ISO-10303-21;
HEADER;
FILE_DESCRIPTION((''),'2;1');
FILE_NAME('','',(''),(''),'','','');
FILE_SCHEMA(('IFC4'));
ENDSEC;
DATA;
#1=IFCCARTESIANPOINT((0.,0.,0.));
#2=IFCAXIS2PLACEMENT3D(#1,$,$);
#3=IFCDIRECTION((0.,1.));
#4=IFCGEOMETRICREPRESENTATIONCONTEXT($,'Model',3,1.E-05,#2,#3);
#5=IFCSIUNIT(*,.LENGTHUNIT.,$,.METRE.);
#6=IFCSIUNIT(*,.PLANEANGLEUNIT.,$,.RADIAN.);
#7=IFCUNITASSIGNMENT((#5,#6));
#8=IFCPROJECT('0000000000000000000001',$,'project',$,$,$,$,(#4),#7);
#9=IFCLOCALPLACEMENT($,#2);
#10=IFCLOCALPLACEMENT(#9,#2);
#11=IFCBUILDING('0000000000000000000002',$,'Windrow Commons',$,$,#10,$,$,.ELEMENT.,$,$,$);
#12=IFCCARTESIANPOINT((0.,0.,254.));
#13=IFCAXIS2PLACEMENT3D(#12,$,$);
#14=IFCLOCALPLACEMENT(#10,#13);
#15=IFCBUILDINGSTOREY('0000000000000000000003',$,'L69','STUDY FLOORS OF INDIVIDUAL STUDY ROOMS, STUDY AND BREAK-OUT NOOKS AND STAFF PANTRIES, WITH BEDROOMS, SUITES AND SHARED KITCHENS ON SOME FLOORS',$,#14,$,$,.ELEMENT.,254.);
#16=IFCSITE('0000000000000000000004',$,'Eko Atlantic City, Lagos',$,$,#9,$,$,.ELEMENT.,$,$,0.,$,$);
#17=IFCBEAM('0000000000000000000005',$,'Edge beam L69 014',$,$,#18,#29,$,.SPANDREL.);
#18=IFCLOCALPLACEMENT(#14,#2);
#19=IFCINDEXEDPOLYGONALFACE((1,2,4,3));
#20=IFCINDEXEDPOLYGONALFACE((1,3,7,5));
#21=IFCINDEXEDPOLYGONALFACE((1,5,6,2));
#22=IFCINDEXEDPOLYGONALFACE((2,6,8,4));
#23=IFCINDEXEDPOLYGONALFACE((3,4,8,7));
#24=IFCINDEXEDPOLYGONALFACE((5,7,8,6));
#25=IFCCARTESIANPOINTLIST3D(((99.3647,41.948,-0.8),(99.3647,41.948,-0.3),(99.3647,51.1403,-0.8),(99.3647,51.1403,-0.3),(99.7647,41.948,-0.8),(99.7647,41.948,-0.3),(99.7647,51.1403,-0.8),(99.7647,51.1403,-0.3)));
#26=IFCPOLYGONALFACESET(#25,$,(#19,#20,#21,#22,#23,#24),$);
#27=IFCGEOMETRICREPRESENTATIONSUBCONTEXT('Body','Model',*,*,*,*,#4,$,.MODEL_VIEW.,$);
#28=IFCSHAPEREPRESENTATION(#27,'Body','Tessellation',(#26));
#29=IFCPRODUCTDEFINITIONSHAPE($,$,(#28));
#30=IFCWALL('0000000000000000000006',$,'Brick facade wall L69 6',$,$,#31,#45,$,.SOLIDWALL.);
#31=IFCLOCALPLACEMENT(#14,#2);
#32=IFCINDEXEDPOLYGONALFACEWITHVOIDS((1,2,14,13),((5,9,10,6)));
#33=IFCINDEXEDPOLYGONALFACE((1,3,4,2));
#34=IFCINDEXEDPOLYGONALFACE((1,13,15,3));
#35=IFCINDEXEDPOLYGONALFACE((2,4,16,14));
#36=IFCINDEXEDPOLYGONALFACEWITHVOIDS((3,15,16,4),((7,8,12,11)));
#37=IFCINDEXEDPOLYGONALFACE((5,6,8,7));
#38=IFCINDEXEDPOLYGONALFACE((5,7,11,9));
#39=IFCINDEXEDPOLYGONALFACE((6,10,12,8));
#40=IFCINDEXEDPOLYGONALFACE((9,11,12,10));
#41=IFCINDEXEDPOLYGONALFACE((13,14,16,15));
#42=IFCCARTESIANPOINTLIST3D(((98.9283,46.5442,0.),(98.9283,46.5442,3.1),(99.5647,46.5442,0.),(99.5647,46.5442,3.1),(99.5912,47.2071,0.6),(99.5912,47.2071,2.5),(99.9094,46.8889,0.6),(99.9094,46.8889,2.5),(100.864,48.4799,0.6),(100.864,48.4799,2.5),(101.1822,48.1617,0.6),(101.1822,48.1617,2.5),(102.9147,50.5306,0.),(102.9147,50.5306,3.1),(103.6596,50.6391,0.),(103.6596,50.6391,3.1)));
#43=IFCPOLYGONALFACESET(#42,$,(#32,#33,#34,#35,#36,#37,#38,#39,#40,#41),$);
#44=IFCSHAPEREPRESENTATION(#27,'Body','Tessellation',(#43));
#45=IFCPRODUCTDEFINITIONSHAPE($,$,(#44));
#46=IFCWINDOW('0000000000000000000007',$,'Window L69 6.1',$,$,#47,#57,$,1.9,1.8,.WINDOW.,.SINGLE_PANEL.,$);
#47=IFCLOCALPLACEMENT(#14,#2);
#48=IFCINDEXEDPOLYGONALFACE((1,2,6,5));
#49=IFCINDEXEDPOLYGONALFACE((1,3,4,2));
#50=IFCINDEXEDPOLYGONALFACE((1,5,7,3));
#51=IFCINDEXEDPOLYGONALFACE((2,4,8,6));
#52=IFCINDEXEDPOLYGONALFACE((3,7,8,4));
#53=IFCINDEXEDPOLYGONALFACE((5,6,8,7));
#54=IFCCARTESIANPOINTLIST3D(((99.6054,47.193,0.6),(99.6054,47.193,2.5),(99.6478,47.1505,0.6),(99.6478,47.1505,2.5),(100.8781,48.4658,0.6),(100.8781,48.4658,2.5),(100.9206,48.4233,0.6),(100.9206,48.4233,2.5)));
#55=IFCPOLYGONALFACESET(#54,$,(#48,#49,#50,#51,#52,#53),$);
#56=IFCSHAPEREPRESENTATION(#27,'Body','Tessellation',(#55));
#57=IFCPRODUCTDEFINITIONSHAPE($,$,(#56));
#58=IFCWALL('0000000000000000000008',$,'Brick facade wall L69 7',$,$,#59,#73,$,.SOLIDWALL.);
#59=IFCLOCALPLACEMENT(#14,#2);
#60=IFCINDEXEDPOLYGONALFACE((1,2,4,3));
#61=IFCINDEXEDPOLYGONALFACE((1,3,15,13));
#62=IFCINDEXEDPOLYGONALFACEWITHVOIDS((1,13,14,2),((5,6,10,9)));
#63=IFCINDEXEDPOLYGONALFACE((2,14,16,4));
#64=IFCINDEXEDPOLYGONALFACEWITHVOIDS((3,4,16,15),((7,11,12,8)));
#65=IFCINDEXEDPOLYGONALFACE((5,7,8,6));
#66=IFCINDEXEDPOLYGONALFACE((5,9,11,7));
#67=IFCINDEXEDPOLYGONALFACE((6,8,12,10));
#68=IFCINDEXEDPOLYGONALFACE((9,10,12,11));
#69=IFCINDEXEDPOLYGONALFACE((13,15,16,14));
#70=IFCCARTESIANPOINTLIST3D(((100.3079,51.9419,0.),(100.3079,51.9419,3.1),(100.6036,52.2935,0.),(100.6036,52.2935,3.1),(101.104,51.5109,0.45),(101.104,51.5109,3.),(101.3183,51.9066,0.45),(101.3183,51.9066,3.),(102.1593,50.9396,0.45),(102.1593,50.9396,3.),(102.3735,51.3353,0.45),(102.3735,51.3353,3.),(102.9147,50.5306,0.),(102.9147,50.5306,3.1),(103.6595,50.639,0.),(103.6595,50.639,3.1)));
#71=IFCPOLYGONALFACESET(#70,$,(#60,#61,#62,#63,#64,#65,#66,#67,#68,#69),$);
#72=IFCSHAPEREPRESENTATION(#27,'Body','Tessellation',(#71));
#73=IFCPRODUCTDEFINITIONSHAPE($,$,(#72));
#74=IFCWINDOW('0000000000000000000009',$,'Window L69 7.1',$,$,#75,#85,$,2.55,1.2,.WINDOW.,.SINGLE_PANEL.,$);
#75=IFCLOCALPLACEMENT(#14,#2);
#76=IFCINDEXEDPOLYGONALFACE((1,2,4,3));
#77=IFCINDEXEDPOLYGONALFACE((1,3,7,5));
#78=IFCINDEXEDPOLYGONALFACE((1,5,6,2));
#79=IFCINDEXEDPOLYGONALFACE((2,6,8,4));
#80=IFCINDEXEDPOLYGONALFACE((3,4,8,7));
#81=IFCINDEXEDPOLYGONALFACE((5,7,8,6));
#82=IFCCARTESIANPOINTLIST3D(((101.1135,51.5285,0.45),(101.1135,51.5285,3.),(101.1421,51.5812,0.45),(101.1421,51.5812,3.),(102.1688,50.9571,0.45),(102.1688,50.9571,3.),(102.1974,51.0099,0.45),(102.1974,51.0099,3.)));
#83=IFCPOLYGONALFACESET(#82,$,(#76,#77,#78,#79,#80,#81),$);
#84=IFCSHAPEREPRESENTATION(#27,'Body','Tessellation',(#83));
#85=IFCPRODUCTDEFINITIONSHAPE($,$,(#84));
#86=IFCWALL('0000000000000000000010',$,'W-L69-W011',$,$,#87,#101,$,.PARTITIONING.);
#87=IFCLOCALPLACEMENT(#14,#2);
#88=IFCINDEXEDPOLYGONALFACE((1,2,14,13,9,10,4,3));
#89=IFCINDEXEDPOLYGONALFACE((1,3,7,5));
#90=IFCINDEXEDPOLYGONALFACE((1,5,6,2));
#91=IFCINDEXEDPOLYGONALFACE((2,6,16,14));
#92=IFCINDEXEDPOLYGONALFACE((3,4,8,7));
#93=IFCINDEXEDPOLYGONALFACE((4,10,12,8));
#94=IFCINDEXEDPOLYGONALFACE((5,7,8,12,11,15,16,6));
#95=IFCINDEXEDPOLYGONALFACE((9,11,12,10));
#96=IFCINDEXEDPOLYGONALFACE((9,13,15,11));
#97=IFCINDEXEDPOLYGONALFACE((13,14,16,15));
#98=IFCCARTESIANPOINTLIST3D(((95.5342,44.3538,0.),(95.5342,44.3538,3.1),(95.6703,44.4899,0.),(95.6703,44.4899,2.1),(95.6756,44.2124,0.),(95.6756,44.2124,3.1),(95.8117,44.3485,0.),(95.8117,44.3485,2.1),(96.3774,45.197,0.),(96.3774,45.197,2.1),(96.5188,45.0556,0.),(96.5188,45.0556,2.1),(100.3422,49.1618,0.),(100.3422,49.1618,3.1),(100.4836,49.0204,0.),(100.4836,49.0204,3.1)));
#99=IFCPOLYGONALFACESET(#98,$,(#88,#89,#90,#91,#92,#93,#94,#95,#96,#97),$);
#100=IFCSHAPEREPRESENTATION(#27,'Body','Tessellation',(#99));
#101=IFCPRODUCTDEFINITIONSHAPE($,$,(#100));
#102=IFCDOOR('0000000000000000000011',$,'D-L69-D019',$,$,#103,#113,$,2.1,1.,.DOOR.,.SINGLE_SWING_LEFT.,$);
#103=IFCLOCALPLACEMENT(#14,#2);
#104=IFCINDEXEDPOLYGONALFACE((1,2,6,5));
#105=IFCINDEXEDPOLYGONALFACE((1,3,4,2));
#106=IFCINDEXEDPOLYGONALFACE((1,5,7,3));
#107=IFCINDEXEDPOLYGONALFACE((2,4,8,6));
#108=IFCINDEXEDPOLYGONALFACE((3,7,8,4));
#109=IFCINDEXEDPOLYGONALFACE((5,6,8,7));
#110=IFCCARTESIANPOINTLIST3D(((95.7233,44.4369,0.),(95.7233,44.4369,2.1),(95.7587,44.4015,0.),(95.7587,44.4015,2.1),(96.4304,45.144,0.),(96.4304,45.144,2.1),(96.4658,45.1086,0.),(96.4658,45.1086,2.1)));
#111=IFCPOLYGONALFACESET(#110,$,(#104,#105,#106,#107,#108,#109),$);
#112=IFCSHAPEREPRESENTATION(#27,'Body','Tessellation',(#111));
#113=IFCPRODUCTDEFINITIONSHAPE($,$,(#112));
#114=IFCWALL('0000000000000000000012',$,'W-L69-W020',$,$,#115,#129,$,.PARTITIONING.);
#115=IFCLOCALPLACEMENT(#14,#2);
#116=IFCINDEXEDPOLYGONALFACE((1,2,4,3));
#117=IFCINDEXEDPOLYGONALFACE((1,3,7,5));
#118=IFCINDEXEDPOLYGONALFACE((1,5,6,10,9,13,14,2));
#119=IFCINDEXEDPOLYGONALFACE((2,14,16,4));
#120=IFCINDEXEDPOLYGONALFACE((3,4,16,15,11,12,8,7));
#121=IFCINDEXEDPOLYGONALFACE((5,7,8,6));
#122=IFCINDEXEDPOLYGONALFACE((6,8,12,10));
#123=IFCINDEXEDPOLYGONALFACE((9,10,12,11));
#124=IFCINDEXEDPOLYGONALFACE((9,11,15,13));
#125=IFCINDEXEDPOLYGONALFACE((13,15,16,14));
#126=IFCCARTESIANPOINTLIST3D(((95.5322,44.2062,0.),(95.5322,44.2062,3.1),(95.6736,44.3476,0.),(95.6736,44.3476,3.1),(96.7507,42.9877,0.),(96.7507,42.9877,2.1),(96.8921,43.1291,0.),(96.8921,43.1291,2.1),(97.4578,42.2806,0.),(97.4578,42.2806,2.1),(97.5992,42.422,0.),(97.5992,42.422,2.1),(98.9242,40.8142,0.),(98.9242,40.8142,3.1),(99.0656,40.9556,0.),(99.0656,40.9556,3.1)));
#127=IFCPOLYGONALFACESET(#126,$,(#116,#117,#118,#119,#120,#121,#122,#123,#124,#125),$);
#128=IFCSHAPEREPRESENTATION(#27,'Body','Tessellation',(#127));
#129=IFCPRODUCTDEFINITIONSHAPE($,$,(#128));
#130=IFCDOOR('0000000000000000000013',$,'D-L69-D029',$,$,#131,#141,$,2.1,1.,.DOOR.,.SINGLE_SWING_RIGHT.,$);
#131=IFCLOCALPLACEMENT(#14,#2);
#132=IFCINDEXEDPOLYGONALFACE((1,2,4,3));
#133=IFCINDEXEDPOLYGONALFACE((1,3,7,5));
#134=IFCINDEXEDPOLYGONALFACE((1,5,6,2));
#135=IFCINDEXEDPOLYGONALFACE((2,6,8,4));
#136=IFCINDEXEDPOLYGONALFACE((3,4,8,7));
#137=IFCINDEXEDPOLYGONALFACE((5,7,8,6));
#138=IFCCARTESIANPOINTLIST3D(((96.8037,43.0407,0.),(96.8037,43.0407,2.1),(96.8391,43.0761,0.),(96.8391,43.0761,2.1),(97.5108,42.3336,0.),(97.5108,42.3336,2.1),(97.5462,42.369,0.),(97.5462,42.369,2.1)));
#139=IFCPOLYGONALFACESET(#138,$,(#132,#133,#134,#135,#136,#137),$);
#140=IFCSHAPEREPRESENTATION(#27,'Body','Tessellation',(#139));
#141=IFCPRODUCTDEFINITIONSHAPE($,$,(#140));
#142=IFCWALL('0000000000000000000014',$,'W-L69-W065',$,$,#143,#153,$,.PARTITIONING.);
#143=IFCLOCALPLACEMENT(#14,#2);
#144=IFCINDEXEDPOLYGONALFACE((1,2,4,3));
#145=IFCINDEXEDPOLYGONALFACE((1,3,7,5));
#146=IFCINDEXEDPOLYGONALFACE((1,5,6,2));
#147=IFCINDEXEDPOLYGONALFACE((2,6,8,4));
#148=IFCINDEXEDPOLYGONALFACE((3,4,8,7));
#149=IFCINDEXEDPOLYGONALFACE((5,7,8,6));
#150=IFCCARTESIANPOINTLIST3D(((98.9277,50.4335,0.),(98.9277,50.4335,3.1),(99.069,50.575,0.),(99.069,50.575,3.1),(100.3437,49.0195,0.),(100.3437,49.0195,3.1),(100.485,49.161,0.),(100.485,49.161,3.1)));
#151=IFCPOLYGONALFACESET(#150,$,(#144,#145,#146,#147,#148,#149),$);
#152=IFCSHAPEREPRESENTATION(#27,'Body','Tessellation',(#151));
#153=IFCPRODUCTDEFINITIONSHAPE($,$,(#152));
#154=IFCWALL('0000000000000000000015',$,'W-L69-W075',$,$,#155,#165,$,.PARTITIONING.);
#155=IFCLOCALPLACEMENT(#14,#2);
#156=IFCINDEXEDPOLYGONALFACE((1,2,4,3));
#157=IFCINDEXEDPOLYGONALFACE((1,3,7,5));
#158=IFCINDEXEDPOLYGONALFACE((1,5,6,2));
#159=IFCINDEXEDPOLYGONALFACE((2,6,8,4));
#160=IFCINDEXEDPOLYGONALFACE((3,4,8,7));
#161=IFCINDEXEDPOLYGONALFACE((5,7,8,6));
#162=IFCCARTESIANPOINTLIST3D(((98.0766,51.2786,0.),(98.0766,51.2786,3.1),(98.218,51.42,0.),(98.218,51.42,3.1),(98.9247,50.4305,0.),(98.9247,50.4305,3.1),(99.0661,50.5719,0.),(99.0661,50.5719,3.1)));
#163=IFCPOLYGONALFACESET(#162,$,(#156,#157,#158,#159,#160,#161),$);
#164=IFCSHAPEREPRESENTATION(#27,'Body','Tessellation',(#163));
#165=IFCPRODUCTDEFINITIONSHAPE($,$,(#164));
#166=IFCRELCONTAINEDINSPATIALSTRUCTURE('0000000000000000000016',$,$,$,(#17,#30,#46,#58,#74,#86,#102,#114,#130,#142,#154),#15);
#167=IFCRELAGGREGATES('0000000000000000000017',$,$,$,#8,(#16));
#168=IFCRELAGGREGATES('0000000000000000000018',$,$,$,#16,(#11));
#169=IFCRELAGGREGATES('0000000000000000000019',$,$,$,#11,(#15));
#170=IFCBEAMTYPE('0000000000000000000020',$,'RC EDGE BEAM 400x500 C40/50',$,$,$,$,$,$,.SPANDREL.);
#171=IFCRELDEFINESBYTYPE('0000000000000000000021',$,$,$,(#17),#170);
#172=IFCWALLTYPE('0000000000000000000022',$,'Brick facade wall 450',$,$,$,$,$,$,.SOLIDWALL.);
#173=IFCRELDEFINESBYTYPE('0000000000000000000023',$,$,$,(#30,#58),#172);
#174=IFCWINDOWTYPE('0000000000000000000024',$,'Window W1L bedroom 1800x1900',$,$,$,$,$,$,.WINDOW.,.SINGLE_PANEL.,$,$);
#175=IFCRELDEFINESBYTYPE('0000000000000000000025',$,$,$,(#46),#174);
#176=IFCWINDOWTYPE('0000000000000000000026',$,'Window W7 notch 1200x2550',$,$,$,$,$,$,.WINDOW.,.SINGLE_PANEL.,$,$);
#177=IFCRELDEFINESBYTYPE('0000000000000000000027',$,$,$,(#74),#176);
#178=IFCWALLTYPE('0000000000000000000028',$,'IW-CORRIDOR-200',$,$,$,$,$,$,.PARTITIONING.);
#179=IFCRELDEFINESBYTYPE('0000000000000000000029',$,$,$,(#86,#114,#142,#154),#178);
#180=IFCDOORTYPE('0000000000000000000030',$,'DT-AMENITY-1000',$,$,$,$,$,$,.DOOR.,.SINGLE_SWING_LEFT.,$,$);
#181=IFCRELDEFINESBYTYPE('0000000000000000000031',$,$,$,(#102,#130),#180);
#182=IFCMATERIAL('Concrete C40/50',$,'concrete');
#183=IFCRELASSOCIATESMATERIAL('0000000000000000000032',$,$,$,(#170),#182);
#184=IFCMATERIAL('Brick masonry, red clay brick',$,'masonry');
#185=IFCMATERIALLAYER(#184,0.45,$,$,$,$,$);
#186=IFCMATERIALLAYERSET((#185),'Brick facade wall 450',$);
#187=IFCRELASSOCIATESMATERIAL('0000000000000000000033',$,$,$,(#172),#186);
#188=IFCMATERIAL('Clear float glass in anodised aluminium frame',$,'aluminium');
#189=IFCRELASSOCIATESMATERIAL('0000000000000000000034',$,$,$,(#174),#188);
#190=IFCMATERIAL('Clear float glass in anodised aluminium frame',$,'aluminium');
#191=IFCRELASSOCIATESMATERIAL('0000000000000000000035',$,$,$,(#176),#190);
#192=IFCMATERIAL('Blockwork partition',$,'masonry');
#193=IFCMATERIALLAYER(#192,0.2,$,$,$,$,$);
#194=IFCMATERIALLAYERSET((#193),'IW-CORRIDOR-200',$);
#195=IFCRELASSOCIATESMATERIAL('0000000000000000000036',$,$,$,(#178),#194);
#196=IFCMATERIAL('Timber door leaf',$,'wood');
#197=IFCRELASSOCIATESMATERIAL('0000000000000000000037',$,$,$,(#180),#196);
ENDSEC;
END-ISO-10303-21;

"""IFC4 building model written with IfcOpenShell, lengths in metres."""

from ifc_helpers import new_model, si_unit, direction, frame, frame_2d, origin, origin_2d, place, context, subcontext, project, spatial, polyline, rectangle, outline, extrude, material, layer, layer_set, material_profile, profile_set, type_object, element, fill, save


model = new_model("IFC4")

# Units and contexts
model_context = context("Model", 3, precision=1e-05, world=origin(), true_north=direction((0.0, 1.0)))
body_context = subcontext(model_context, "Body", "Model", "MODEL_VIEW")
ifc_project = project(units=[si_unit("LENGTHUNIT", "METRE"), si_unit("PLANEANGLEUNIT", "RADIAN")], contexts=[model_context])

# Site, building, storey
site_placement = place(None, origin())
site = spatial("IfcSite", under=ifc_project, at=site_placement, Name="Eko Atlantic City, Lagos", CompositionType="ELEMENT", RefElevation=0.0)
building_placement = place(site_placement, origin())
building = spatial("IfcBuilding", under=site, at=building_placement, Name="Windrow Commons", CompositionType="ELEMENT")
storey_placement = place(building_placement, frame((0.0, 0.0, 254.0)))
storey = spatial("IfcBuildingStorey", under=building, at=storey_placement, Name="L69", Description="STUDY FLOORS OF INDIVIDUAL STUDY ROOMS, STUDY AND BREAK-OUT NOOKS AND STAFF PANTRIES, WITH BEDROOMS, SUITES AND SHARED KITCHENS ON SOME FLOORS", CompositionType="ELEMENT", Elevation=254.0)

# Beam
ifc_material_1 = material(Name="Concrete C40/50", Category="concrete")
ifc_material_profile = material_profile(ifc_material_1, rectangle(XDim=0.4, YDim=0.5, at=origin_2d()))
ifc_profile_set = profile_set([ifc_material_profile], Name="Concrete C40/50")
beam_type = type_object("IfcBeamType", Name="RC EDGE BEAM 400x500 C40/50", PredefinedType="SPANDREL", material=ifc_profile_set)
beam_placement = place(storey_placement, frame((99.5647, 51.1403, -0.55), z_axis=(0.0, -1.0, 0.0), x_axis=(1.0, 0.0, 0.0)))
element("IfcBeam", 1, at=beam_placement, inside=storey, type_object=beam_type, Name="Edge beam L69 014", PredefinedType="SPANDREL", context=body_context, shape_type="SweptSolid", body=[
    extrude(rectangle(XDim=0.4, YDim=0.5, at=origin_2d()), origin(), (0.0, 0.0, 1.0), 9.1923),
])

# Walls, openings, windows
ifc_material_2 = material(Name="Brick masonry, red clay brick", Category="masonry")
ifc_layer_1 = layer(ifc_material_2, 0.45)
ifc_layer_set_1 = layer_set([ifc_layer_1], Name="Brick facade wall 450")
wall_type_1 = type_object("IfcWallType", Name="Brick facade wall 450", PredefinedType="SOLIDWALL", material=ifc_layer_set_1)
wall_1_placement = place(storey_placement, frame((99.2465, 46.5442, 0.0), z_axis=(0.0, 0.0, 1.0), x_axis=(0.707107, 0.707107, 0.0)))
wall_1 = element("IfcWall", 2, at=wall_1_placement, inside=storey, type_object=wall_type_1, Name="Brick facade wall L69 6", PredefinedType="SOLIDWALL", context=body_context, shape_type="SweptSolid", body=[
    extrude(outline(polyline([(0.225, -0.225), (6.016, -0.225), (5.4126, 0.225), (-0.225, 0.225), (0.225, -0.225)])), origin(), (0.0, 0.0, 1.0), 3.1),
])
opening_1_placement = place(wall_1_placement, frame((0.7125, 0.0, 0.6)))
opening_1 = element("IfcOpeningElement", 3, at=opening_1_placement, cuts=wall_1, PredefinedType="OPENING", context=body_context, shape_type="SweptSolid", body=[
    extrude(rectangle(XDim=1.8, YDim=1.9, at=frame_2d((0.9, 0.95))), frame((0.0, 0.235, 0.0), z_axis=(0.0, -1.0, 0.0), x_axis=(1.0, 0.0, 0.0)), (0.0, 0.0, 1.0), 0.47),
])
ifc_material_3 = material(Name="Clear float glass in anodised aluminium frame", Category="aluminium")
window_type_1 = type_object("IfcWindowType", Name="Window W1L bedroom 1800x1900", PartitioningType="SINGLE_PANEL", PredefinedType="WINDOW", material=ifc_material_3)
window_1_placement = place(opening_1_placement, origin())
window_1 = element("IfcWindow", 4, at=window_1_placement, inside=storey, type_object=window_type_1, Name="Window L69 6.1", OverallHeight=1.9, OverallWidth=1.8, PartitioningType="SINGLE_PANEL", PredefinedType="WINDOW", context=body_context, shape_type="SweptSolid", body=[
    extrude(rectangle(XDim=1.8, YDim=1.9, at=frame_2d((0.9, 0.95))), frame((0.0, 0.205, 0.0), z_axis=(0.0, -1.0, 0.0), x_axis=(1.0, 0.0, 0.0)), (0.0, 0.0, 1.0), 0.06),
])
fill(opening_1, window_1)
wall_2_placement = place(storey_placement, frame((103.2871, 50.5848, 0.0), z_axis=(0.0, 0.0, 1.0), x_axis=(-0.879386, 0.47611, 0.0)))
wall_2 = element("IfcWall", 5, at=wall_2_placement, inside=storey, type_object=wall_type_1, Name="Brick facade wall L69 7", PredefinedType="SOLIDWALL", context=body_context, shape_type="SweptSolid", body=[
    extrude(outline(polyline([(-0.3017, -0.225), (3.1734, -0.225), (3.266, 0.225), (0.3017, 0.225), (-0.3017, -0.225)])), origin(), (0.0, 0.0, 1.0), 3.1),
])
opening_2_placement = place(wall_2_placement, frame((1.1607, 0.0, 0.45)))
opening_2 = element("IfcOpeningElement", 6, at=opening_2_placement, cuts=wall_2, PredefinedType="OPENING", context=body_context, shape_type="SweptSolid", body=[
    extrude(rectangle(XDim=1.2, YDim=2.55, at=frame_2d((0.6, 1.275))), frame((0.0, 0.235, 0.0), z_axis=(0.0, -1.0, 0.0), x_axis=(1.0, 0.0, 0.0)), (0.0, 0.0, 1.0), 0.47),
])
ifc_material_4 = material(Name="Clear float glass in anodised aluminium frame", Category="aluminium")
window_type_2 = type_object("IfcWindowType", Name="Window W7 notch 1200x2550", PartitioningType="SINGLE_PANEL", PredefinedType="WINDOW", material=ifc_material_4)
window_2_placement = place(opening_2_placement, origin())
window_2 = element("IfcWindow", 7, at=window_2_placement, inside=storey, type_object=window_type_2, Name="Window L69 7.1", OverallHeight=2.55, OverallWidth=1.2, PartitioningType="SINGLE_PANEL", PredefinedType="WINDOW", context=body_context, shape_type="SweptSolid", body=[
    extrude(rectangle(XDim=1.2, YDim=2.55, at=frame_2d((0.6, 1.275))), frame((0.0, 0.205, 0.0), z_axis=(0.0, -1.0, 0.0), x_axis=(1.0, 0.0, 0.0)), (0.0, 0.0, 1.0), 0.06),
])
fill(opening_2, window_2)

# Walls, openings, doors
ifc_material_5 = material(Name="Blockwork partition", Category="masonry")
ifc_layer_2 = layer(ifc_material_5, 0.2)
ifc_layer_set_2 = layer_set([ifc_layer_2], Name="IW-CORRIDOR-200")
wall_type_2 = type_object("IfcWallType", Name="IW-CORRIDOR-200", PredefinedType="PARTITIONING", material=ifc_layer_set_2)
wall_3_placement = place(storey_placement, frame((95.6049, 44.2831, 0.0), z_axis=(0.0, 0.0, 1.0), x_axis=(0.707107, 0.707107, 0.0)))
wall_3 = element("IfcWall", 8, at=wall_3_placement, inside=storey, type_object=wall_type_2, Name="W-L69-W011", PredefinedType="PARTITIONING", context=body_context, shape_type="SweptSolid", body=[
    extrude(rectangle(XDim=6.7995, YDim=0.2, at=frame_2d((3.3998, 0.0))), origin(), (0.0, 0.0, 1.0), 3.1),
])
opening_3_placement = place(wall_3_placement, frame((0.1925, 0.0, 0.0)))
opening_3 = element("IfcOpeningElement", 9, at=opening_3_placement, cuts=wall_3, PredefinedType="OPENING", context=body_context, shape_type="SweptSolid", body=[
    extrude(rectangle(XDim=1.0, YDim=2.1, at=frame_2d((0.5, 1.05))), frame((0.0, 0.11, 0.0), z_axis=(0.0, -1.0, 0.0), x_axis=(1.0, 0.0, 0.0)), (0.0, 0.0, 1.0), 0.22),
])
ifc_material_6 = material(Name="Timber door leaf", Category="wood")
door_type = type_object("IfcDoorType", Name="DT-AMENITY-1000", OperationType="SINGLE_SWING_LEFT", PredefinedType="DOOR", material=ifc_material_6)
door_1_placement = place(opening_3_placement, origin())
door_1 = element("IfcDoor", 10, at=door_1_placement, inside=storey, type_object=door_type, Name="D-L69-D019", OperationType="SINGLE_SWING_LEFT", OverallHeight=2.1, OverallWidth=1.0, PredefinedType="DOOR", context=body_context, shape_type="SweptSolid", body=[
    extrude(rectangle(XDim=1.0, YDim=2.1, at=frame_2d((0.5, 1.05))), frame((0.0, 0.025, 0.0), z_axis=(0.0, -1.0, 0.0), x_axis=(1.0, 0.0, 0.0)), (0.0, 0.0, 1.0), 0.05),
])
fill(opening_3, door_1)
wall_4_placement = place(storey_placement, frame((95.6029, 44.2769, 0.0), z_axis=(0.0, 0.0, 1.0), x_axis=(0.707107, -0.707107, 0.0)))
wall_4 = element("IfcWall", 11, at=wall_4_placement, inside=storey, type_object=wall_type_2, Name="W-L69-W020", PredefinedType="PARTITIONING", context=body_context, shape_type="SweptSolid", body=[
    extrude(rectangle(XDim=4.797, YDim=0.2, at=frame_2d((2.3985, 0.0))), origin(), (0.0, 0.0, 1.0), 3.1),
])
opening_4_placement = place(wall_4_placement, frame((1.7232, 0.0, 0.0)))
opening_4 = element("IfcOpeningElement", 12, at=opening_4_placement, cuts=wall_4, PredefinedType="OPENING", context=body_context, shape_type="SweptSolid", body=[
    extrude(rectangle(XDim=1.0, YDim=2.1, at=frame_2d((0.5, 1.05))), frame((0.0, 0.11, 0.0), z_axis=(0.0, -1.0, 0.0), x_axis=(1.0, 0.0, 0.0)), (0.0, 0.0, 1.0), 0.22),
])
door_2_placement = place(opening_4_placement, origin())
door_2 = element("IfcDoor", 13, at=door_2_placement, inside=storey, type_object=door_type, Name="D-L69-D029", OperationType="SINGLE_SWING_RIGHT", OverallHeight=2.1, OverallWidth=1.0, PredefinedType="DOOR", context=body_context, shape_type="SweptSolid", body=[
    extrude(rectangle(XDim=1.0, YDim=2.1, at=frame_2d((0.5, 1.05))), frame((0.0, 0.025, 0.0), z_axis=(0.0, -1.0, 0.0), x_axis=(1.0, 0.0, 0.0)), (0.0, 0.0, 1.0), 0.05),
])
fill(opening_4, door_2)

# Walls
wall_5_placement = place(storey_placement, frame((98.9983, 50.5043, 0.0), z_axis=(0.0, 0.0, 1.0), x_axis=(0.707606, -0.706607, 0.0)))
element("IfcWall", 14, at=wall_5_placement, inside=storey, type_object=wall_type_2, Name="W-L69-W065", PredefinedType="PARTITIONING", context=body_context, shape_type="SweptSolid", body=[
    extrude(rectangle(XDim=2.0011, YDim=0.2, at=frame_2d((1.0006, 0.0))), origin(), (0.0, 0.0, 1.0), 3.1),
])
wall_6_placement = place(storey_placement, frame((98.1473, 51.3493, 0.0), z_axis=(0.0, 0.0, 1.0), x_axis=(0.707107, -0.707107, 0.0)))
element("IfcWall", 15, at=wall_6_placement, inside=storey, type_object=wall_type_2, Name="W-L69-W075", PredefinedType="PARTITIONING", context=body_context, shape_type="SweptSolid", body=[
    extrude(rectangle(XDim=1.1993, YDim=0.2, at=frame_2d((0.5997, 0.0))), origin(), (0.0, 0.0, 1.0), 3.1),
])

save(model, "model.ifc")
